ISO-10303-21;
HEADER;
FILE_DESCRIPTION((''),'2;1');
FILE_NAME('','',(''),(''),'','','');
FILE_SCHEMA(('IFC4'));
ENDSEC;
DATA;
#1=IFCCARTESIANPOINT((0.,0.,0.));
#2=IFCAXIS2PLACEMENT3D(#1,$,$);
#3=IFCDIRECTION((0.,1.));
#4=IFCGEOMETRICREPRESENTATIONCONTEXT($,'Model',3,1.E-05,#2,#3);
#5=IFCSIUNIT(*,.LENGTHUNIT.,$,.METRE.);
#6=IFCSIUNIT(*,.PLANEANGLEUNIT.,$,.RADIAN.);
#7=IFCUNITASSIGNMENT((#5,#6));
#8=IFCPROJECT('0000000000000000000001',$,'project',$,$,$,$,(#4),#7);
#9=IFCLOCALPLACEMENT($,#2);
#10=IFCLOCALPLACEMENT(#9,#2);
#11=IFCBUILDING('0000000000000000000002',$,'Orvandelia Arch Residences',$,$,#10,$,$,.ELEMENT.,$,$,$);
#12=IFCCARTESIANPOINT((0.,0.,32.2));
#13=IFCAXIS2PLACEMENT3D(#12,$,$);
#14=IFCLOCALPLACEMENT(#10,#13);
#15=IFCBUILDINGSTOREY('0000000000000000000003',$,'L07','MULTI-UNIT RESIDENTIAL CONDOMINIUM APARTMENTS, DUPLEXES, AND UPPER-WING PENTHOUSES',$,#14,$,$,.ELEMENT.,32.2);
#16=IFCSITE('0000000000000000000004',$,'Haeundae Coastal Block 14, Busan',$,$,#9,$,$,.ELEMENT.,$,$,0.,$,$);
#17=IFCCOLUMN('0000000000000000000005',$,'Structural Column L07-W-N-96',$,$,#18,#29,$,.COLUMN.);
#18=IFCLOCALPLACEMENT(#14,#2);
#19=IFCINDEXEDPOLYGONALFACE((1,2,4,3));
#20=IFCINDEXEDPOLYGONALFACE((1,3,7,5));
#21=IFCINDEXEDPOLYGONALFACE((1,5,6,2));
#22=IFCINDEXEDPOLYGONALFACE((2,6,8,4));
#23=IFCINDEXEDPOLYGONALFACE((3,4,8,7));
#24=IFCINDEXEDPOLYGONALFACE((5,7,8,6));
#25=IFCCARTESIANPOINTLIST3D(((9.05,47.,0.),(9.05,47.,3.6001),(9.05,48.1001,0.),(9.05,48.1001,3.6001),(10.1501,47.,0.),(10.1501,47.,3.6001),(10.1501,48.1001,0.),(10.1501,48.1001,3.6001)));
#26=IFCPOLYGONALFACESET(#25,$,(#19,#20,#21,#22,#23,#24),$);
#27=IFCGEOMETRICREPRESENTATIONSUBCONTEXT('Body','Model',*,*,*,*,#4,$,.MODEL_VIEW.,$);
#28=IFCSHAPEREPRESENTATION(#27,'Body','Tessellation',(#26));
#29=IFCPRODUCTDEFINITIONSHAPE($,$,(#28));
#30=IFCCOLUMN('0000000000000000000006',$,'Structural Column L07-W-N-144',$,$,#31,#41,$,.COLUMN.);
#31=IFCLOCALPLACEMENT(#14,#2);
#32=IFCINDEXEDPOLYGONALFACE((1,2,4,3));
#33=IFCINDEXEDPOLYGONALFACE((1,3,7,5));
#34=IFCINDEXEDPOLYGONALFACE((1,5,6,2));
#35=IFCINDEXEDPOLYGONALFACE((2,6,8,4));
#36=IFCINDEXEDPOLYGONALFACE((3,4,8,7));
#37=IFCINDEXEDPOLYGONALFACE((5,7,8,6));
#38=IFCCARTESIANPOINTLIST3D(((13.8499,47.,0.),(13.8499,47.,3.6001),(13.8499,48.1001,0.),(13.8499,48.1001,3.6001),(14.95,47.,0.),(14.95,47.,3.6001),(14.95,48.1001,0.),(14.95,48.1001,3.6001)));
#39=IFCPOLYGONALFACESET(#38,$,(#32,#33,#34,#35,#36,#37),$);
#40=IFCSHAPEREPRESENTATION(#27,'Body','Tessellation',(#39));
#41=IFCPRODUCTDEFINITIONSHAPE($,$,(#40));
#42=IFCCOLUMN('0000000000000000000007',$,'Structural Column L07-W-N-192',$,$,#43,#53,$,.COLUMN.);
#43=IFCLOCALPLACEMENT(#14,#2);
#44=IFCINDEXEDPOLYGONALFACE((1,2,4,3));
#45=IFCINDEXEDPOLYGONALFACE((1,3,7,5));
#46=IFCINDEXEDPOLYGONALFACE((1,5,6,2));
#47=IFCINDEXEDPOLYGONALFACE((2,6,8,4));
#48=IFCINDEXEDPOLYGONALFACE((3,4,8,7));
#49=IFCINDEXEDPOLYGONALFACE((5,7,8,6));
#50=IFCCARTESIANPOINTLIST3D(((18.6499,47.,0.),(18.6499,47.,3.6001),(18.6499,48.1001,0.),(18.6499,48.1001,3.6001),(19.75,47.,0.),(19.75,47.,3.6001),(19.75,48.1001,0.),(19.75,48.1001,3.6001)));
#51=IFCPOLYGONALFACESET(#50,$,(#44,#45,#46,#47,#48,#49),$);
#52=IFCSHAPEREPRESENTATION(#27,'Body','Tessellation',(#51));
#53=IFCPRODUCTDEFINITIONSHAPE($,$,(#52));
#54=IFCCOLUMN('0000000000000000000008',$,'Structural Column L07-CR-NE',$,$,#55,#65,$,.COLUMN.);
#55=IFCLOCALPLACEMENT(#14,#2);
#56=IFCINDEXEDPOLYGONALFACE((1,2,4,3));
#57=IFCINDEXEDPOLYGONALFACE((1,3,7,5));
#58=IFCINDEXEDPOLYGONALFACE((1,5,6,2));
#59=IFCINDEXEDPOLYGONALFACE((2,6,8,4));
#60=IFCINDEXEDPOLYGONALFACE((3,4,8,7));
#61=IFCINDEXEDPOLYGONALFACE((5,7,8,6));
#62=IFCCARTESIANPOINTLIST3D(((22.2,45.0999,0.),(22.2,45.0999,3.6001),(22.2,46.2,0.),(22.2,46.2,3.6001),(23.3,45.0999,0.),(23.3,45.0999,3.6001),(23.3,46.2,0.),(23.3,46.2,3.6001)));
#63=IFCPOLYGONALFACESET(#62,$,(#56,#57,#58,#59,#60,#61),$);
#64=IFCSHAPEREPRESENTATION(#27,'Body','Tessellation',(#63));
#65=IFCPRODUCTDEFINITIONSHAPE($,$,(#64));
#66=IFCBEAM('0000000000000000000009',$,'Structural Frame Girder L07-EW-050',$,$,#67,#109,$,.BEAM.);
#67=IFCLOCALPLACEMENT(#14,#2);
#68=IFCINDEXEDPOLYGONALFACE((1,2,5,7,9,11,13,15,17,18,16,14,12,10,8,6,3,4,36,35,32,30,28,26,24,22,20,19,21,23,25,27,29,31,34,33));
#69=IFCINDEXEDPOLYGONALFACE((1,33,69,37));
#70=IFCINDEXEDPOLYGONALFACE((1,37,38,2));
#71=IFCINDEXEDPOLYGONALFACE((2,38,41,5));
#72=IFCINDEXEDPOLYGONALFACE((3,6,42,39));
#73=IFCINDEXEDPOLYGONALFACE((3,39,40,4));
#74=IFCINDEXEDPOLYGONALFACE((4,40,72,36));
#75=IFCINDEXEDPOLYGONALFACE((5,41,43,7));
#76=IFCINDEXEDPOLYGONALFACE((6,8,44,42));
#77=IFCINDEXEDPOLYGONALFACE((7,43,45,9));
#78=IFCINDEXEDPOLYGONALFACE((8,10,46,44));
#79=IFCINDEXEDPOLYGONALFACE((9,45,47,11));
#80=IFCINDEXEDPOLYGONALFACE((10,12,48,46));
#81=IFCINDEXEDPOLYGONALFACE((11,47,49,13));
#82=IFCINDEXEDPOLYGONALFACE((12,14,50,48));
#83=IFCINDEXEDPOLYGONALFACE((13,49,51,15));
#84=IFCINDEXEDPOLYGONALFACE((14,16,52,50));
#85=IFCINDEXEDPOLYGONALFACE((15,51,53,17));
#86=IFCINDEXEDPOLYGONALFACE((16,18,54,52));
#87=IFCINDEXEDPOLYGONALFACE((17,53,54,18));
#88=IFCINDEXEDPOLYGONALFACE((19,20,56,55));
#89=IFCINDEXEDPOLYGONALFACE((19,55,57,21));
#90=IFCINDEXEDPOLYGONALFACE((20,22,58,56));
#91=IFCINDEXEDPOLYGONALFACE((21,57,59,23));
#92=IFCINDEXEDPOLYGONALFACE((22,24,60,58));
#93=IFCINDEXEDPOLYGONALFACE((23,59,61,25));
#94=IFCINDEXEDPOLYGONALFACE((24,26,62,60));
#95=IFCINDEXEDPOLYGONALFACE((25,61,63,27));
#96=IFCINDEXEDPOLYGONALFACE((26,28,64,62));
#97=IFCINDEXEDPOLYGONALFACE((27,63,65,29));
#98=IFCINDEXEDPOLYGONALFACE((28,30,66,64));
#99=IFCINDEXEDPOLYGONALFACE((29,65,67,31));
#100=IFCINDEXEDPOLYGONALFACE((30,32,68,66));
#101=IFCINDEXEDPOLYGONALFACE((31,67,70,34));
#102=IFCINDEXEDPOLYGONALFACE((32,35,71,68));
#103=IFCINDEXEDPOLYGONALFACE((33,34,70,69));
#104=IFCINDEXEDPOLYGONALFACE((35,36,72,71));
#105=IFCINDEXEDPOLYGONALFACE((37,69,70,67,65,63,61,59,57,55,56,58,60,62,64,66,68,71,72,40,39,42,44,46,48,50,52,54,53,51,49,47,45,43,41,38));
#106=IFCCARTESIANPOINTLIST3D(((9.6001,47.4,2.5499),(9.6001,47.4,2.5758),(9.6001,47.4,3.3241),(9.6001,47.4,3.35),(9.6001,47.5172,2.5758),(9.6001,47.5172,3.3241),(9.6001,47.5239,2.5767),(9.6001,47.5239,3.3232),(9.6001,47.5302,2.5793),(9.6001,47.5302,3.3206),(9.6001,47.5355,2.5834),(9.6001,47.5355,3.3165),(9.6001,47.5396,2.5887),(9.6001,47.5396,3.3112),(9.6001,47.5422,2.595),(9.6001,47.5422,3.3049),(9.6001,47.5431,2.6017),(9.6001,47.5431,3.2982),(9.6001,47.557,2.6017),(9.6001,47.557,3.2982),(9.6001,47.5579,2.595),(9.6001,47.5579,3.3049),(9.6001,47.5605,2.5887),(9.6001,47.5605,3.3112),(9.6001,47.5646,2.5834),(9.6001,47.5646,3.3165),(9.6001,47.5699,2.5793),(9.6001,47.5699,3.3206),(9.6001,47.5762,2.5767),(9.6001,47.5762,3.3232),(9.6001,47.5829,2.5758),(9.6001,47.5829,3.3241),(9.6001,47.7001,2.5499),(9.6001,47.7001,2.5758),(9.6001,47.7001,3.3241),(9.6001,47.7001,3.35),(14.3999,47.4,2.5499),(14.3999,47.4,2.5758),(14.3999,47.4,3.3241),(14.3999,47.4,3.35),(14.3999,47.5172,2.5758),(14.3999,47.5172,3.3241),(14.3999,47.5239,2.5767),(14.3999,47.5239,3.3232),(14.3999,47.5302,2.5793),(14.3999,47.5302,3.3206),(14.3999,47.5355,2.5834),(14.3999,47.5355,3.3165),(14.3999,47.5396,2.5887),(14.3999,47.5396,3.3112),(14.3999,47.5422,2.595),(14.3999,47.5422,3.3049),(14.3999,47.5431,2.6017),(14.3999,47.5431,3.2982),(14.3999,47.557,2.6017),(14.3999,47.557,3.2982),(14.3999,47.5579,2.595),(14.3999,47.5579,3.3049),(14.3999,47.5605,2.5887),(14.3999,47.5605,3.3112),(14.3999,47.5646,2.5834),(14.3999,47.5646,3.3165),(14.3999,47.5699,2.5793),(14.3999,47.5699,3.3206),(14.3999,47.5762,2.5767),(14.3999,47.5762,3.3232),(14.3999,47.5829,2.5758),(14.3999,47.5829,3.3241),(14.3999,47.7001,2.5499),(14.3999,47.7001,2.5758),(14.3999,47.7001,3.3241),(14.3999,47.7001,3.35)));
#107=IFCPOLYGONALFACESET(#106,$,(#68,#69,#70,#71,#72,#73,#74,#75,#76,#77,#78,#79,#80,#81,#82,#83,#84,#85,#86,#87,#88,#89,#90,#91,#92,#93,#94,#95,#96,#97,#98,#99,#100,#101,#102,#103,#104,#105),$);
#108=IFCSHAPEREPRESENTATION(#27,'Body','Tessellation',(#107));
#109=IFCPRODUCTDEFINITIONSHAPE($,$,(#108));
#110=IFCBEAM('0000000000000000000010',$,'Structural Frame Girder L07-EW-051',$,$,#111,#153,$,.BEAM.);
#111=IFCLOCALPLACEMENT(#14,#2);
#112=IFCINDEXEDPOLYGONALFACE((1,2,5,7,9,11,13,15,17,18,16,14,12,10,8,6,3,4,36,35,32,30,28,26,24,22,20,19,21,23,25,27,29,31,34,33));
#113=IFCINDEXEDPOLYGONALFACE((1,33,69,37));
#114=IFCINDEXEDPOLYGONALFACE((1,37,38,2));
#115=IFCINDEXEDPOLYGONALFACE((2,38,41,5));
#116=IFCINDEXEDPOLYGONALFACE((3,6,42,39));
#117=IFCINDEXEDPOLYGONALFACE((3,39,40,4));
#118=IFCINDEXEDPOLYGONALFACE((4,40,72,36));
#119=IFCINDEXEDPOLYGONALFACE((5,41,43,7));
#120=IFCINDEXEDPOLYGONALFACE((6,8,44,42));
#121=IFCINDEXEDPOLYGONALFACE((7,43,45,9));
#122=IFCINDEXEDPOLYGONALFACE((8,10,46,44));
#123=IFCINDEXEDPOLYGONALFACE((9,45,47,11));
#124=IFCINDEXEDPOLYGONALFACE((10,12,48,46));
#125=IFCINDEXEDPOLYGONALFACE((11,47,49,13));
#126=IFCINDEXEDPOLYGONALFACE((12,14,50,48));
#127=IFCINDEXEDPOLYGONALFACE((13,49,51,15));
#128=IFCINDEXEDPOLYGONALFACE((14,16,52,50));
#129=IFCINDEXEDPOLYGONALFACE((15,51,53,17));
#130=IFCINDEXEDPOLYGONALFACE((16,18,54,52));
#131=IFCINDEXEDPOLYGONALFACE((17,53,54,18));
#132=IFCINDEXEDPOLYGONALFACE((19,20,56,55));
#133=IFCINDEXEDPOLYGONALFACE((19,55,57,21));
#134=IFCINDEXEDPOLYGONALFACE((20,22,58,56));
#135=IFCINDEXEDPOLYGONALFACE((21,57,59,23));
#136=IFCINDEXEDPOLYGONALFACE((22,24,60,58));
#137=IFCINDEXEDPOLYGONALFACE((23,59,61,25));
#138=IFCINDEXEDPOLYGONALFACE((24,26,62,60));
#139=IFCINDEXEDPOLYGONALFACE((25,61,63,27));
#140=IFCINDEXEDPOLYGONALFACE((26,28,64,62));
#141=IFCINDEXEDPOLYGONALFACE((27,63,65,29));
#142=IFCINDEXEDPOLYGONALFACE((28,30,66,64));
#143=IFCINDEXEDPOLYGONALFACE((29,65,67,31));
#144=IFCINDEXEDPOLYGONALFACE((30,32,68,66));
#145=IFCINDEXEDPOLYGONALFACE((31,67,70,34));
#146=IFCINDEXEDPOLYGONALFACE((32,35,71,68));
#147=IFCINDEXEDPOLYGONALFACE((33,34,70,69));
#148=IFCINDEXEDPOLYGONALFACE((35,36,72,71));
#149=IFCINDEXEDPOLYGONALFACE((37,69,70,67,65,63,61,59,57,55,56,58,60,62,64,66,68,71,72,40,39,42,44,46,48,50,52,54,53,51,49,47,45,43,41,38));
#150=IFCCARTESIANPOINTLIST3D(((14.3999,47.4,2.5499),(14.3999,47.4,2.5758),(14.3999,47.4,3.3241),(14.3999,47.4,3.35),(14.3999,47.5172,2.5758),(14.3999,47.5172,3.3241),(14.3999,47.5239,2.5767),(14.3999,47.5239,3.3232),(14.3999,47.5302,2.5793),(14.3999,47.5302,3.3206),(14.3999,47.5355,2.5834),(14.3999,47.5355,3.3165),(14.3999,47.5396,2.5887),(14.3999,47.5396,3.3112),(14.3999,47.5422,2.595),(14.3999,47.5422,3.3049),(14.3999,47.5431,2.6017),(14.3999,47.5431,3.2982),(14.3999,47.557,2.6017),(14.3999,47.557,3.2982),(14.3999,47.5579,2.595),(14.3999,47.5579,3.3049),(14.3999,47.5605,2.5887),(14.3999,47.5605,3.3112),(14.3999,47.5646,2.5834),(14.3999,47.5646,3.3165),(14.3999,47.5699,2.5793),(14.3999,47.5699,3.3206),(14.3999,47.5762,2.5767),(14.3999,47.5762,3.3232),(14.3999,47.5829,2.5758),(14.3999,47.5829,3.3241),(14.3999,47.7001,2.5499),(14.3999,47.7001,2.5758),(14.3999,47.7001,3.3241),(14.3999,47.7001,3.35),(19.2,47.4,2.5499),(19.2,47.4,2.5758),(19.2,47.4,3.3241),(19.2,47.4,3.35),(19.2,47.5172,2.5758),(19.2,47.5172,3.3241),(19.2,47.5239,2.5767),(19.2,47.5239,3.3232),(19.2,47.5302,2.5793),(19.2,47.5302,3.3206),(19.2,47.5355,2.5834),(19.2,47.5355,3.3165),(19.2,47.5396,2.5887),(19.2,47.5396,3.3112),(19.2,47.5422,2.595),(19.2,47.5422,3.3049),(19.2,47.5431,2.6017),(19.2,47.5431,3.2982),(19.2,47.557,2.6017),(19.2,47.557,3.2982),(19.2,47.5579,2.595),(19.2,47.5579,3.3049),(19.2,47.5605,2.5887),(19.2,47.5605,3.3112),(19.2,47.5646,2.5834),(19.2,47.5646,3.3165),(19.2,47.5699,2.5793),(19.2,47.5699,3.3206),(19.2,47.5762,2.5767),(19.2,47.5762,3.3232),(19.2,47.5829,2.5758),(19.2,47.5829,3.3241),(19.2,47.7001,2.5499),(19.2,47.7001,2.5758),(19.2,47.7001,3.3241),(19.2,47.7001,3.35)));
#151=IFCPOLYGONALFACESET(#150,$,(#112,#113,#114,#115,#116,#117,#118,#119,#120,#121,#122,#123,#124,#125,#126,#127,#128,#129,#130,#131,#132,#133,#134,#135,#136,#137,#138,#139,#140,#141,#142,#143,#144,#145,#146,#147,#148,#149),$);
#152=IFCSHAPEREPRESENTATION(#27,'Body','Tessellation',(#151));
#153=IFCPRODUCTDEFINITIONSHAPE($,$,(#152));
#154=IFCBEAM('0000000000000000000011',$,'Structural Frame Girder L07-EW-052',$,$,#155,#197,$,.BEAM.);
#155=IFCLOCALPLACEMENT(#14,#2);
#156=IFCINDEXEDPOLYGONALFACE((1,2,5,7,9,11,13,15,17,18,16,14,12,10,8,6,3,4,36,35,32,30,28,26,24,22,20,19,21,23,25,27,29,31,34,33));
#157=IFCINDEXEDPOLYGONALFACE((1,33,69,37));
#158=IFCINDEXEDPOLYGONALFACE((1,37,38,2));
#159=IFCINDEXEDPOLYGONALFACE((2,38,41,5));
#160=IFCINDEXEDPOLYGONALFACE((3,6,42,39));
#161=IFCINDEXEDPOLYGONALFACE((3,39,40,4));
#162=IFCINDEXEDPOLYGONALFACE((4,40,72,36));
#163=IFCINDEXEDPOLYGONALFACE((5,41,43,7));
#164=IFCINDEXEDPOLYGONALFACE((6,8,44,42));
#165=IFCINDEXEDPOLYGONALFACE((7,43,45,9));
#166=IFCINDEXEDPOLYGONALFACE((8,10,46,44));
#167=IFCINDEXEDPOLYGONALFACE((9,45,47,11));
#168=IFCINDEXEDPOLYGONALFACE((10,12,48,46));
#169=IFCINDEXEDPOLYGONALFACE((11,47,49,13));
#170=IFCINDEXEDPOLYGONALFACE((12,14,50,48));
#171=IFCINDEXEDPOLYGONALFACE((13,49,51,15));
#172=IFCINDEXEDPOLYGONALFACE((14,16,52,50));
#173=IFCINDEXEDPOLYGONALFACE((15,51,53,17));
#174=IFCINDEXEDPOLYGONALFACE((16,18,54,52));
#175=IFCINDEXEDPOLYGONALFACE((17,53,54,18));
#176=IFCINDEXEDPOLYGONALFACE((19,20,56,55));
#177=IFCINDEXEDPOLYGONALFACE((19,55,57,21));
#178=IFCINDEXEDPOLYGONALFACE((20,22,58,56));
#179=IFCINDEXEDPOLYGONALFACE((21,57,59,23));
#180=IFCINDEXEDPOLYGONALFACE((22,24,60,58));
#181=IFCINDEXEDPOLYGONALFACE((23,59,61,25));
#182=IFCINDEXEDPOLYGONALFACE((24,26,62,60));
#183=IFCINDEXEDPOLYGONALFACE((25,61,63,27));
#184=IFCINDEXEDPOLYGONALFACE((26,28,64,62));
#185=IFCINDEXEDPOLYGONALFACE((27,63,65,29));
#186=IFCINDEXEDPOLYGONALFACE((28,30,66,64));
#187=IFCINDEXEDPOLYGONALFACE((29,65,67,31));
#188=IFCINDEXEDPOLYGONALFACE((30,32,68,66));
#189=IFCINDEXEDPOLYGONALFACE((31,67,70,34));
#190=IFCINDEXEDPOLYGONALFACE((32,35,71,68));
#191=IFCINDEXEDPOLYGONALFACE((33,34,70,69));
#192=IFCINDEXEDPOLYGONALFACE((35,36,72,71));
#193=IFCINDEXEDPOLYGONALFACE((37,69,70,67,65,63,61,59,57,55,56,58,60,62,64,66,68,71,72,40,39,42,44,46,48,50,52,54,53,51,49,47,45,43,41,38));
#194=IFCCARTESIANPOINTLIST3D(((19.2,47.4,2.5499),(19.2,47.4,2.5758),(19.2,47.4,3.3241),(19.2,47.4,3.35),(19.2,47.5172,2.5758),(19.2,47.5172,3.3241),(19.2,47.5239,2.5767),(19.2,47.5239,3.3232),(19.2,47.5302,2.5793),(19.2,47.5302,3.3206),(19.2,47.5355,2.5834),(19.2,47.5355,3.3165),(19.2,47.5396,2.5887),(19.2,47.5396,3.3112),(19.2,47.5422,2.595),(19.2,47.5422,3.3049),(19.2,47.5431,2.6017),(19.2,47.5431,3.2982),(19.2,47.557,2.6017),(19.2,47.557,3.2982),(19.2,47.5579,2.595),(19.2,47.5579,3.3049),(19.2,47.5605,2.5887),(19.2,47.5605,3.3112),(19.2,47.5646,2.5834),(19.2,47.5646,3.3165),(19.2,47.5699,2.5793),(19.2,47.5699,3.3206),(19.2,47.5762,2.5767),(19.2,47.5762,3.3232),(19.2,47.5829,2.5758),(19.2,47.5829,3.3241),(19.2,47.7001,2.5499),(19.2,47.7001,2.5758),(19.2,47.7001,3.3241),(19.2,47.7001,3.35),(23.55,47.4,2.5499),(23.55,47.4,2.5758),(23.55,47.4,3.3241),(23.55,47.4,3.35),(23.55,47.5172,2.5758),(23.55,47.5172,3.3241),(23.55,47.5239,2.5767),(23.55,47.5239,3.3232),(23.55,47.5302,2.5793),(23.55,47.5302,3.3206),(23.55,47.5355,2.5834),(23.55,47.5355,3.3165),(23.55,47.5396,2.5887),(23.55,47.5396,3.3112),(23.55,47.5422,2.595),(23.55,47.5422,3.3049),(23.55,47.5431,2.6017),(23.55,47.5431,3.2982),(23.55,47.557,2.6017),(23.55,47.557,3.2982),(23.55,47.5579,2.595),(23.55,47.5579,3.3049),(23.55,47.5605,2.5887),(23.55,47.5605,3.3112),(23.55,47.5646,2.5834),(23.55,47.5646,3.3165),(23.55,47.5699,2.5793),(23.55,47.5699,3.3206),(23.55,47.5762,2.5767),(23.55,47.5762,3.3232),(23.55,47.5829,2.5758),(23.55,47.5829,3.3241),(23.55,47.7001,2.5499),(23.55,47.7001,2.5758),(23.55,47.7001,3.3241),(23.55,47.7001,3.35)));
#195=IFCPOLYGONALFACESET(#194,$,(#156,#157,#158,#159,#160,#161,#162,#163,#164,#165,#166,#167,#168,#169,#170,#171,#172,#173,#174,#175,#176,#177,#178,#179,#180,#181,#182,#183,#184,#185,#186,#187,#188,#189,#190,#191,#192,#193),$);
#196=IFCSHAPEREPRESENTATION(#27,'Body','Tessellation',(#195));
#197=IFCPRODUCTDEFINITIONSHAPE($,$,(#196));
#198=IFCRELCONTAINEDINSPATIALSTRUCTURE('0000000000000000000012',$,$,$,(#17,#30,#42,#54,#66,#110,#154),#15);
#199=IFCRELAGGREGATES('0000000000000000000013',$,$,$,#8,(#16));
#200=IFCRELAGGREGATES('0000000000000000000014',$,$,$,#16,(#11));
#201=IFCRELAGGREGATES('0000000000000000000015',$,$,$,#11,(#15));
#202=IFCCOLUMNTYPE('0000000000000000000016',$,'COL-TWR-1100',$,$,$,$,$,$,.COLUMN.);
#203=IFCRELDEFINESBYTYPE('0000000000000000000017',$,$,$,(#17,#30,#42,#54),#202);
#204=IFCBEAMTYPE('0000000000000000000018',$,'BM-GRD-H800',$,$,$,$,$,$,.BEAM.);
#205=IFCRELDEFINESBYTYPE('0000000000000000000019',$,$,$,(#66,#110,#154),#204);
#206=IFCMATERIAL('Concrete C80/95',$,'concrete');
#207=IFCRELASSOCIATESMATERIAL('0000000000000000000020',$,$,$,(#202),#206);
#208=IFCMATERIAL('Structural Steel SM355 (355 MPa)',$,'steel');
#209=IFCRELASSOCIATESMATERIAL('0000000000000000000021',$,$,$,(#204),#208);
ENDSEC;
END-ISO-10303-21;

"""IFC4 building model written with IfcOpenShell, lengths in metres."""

from ifc_helpers import new_model, si_unit, direction, frame, origin, origin_2d, place, context, subcontext, project, spatial, rectangle, i_section, extrude, material, material_profile, profile_set, type_object, element, save


model = new_model("IFC4")

# Units and contexts
model_context = context("Model", 3, precision=1e-05, world=origin(), true_north=direction((0.0, 1.0)))
body_context = subcontext(model_context, "Body", "Model", "MODEL_VIEW")
ifc_project = project(units=[si_unit("LENGTHUNIT", "METRE"), si_unit("PLANEANGLEUNIT", "RADIAN")], contexts=[model_context])

# Site, building, storey
site_placement = place(None, origin())
site = spatial("IfcSite", under=ifc_project, at=site_placement, Name="Haeundae Coastal Block 14, Busan", CompositionType="ELEMENT", RefElevation=0.0)
building_placement = place(site_placement, origin())
building = spatial("IfcBuilding", under=site, at=building_placement, Name="Orvandelia Arch Residences", CompositionType="ELEMENT")
storey_placement = place(building_placement, frame((0.0, 0.0, 32.2)))
storey = spatial("IfcBuildingStorey", under=building, at=storey_placement, Name="L07", Description="MULTI-UNIT RESIDENTIAL CONDOMINIUM APARTMENTS, DUPLEXES, AND UPPER-WING PENTHOUSES", CompositionType="ELEMENT", Elevation=32.2)

# Columns
ifc_material_1 = material(Name="Concrete C80/95", Category="concrete")
ifc_material_profile_1 = material_profile(ifc_material_1, rectangle(XDim=1.1001, YDim=1.1001, at=origin_2d()), Name="Concrete C80/95", Category="concrete")
ifc_profile_set_1 = profile_set([ifc_material_profile_1], Name="Concrete C80/95")
column_type = type_object("IfcColumnType", Name="COL-TWR-1100", PredefinedType="COLUMN", material=ifc_profile_set_1)
for number, where, z_axis, x_axis, name in (
    (1, (9.6001, 47.55, 0.0), (0.0, 0.0, 1.0), (1.0, 0.0, 0.0), "Structural Column L07-W-N-96"),
    (2, (14.3999, 47.55, 0.0), (0.0, 0.0, 1.0), (1.0, 0.0, 0.0), "Structural Column L07-W-N-144"),
    (3, (19.2, 47.55, 0.0), (0.0, 0.0, 1.0), (1.0, 0.0, 0.0), "Structural Column L07-W-N-192"),
    (4, (22.75, 45.6499, 0.0), (0.0, 0.0, 1.0), (1.0, 0.0, 0.0), "Structural Column L07-CR-NE"),
):
    element("IfcColumn", number, at=place(storey_placement, frame(where, z_axis=z_axis, x_axis=x_axis)), inside=storey, type_object=column_type, Name=name, PredefinedType="COLUMN", context=body_context, shape_type="SweptSolid", body=[
        extrude(rectangle(XDim=1.1001, YDim=1.1001, at=origin_2d()), origin(), (0.0, 0.0, 1.0), 3.6001),
    ])

# Beams
ifc_material_2 = material(Name="Structural Steel SM355 (355 MPa)", Category="steel")
ifc_material_profile_2 = material_profile(ifc_material_2, i_section(OverallWidth=0.3, OverallDepth=0.8, WebThickness=0.0139, FlangeThickness=0.0259, FilletRadius=0.0259, at=origin_2d()), Name="Structural Steel SM355 (355 MPa)", Category="steel")
ifc_profile_set_2 = profile_set([ifc_material_profile_2], Name="Structural Steel SM355 (355 MPa)")
beam_type = type_object("IfcBeamType", Name="BM-GRD-H800", PredefinedType="BEAM", material=ifc_profile_set_2)
beam_1_placement = place(storey_placement, frame((9.6001, 47.55, 2.95), z_axis=(1.0, 0.0, 0.0), x_axis=(0.0, 1.0, 0.0)))
element("IfcBeam", 5, at=beam_1_placement, inside=storey, type_object=beam_type, Name="Structural Frame Girder L07-EW-050", PredefinedType="BEAM", context=body_context, shape_type="SweptSolid", body=[
    extrude(i_section(OverallWidth=0.3, OverallDepth=0.8, WebThickness=0.0139, FlangeThickness=0.0259, FilletRadius=0.0259, at=origin_2d()), origin(), (0.0, 0.0, 1.0), 4.7998),
])
beam_2_placement = place(storey_placement, frame((14.3999, 47.55, 2.95), z_axis=(1.0, 0.0, 0.0), x_axis=(0.0, 1.0, 0.0)))
element("IfcBeam", 6, at=beam_2_placement, inside=storey, type_object=beam_type, Name="Structural Frame Girder L07-EW-051", PredefinedType="BEAM", context=body_context, shape_type="SweptSolid", body=[
    extrude(i_section(OverallWidth=0.3, OverallDepth=0.8, WebThickness=0.0139, FlangeThickness=0.0259, FilletRadius=0.0259, at=origin_2d()), origin(), (0.0, 0.0, 1.0), 4.8),
])
beam_3_placement = place(storey_placement, frame((19.2, 47.55, 2.95), z_axis=(1.0, 0.0, 0.0), x_axis=(0.0, 1.0, 0.0)))
element("IfcBeam", 7, at=beam_3_placement, inside=storey, type_object=beam_type, Name="Structural Frame Girder L07-EW-052", PredefinedType="BEAM", context=body_context, shape_type="SweptSolid", body=[
    extrude(i_section(OverallWidth=0.3, OverallDepth=0.8, WebThickness=0.0139, FlangeThickness=0.0259, FilletRadius=0.0259, at=origin_2d()), origin(), (0.0, 0.0, 1.0), 4.3501),
])

save(model, "model.ifc")
